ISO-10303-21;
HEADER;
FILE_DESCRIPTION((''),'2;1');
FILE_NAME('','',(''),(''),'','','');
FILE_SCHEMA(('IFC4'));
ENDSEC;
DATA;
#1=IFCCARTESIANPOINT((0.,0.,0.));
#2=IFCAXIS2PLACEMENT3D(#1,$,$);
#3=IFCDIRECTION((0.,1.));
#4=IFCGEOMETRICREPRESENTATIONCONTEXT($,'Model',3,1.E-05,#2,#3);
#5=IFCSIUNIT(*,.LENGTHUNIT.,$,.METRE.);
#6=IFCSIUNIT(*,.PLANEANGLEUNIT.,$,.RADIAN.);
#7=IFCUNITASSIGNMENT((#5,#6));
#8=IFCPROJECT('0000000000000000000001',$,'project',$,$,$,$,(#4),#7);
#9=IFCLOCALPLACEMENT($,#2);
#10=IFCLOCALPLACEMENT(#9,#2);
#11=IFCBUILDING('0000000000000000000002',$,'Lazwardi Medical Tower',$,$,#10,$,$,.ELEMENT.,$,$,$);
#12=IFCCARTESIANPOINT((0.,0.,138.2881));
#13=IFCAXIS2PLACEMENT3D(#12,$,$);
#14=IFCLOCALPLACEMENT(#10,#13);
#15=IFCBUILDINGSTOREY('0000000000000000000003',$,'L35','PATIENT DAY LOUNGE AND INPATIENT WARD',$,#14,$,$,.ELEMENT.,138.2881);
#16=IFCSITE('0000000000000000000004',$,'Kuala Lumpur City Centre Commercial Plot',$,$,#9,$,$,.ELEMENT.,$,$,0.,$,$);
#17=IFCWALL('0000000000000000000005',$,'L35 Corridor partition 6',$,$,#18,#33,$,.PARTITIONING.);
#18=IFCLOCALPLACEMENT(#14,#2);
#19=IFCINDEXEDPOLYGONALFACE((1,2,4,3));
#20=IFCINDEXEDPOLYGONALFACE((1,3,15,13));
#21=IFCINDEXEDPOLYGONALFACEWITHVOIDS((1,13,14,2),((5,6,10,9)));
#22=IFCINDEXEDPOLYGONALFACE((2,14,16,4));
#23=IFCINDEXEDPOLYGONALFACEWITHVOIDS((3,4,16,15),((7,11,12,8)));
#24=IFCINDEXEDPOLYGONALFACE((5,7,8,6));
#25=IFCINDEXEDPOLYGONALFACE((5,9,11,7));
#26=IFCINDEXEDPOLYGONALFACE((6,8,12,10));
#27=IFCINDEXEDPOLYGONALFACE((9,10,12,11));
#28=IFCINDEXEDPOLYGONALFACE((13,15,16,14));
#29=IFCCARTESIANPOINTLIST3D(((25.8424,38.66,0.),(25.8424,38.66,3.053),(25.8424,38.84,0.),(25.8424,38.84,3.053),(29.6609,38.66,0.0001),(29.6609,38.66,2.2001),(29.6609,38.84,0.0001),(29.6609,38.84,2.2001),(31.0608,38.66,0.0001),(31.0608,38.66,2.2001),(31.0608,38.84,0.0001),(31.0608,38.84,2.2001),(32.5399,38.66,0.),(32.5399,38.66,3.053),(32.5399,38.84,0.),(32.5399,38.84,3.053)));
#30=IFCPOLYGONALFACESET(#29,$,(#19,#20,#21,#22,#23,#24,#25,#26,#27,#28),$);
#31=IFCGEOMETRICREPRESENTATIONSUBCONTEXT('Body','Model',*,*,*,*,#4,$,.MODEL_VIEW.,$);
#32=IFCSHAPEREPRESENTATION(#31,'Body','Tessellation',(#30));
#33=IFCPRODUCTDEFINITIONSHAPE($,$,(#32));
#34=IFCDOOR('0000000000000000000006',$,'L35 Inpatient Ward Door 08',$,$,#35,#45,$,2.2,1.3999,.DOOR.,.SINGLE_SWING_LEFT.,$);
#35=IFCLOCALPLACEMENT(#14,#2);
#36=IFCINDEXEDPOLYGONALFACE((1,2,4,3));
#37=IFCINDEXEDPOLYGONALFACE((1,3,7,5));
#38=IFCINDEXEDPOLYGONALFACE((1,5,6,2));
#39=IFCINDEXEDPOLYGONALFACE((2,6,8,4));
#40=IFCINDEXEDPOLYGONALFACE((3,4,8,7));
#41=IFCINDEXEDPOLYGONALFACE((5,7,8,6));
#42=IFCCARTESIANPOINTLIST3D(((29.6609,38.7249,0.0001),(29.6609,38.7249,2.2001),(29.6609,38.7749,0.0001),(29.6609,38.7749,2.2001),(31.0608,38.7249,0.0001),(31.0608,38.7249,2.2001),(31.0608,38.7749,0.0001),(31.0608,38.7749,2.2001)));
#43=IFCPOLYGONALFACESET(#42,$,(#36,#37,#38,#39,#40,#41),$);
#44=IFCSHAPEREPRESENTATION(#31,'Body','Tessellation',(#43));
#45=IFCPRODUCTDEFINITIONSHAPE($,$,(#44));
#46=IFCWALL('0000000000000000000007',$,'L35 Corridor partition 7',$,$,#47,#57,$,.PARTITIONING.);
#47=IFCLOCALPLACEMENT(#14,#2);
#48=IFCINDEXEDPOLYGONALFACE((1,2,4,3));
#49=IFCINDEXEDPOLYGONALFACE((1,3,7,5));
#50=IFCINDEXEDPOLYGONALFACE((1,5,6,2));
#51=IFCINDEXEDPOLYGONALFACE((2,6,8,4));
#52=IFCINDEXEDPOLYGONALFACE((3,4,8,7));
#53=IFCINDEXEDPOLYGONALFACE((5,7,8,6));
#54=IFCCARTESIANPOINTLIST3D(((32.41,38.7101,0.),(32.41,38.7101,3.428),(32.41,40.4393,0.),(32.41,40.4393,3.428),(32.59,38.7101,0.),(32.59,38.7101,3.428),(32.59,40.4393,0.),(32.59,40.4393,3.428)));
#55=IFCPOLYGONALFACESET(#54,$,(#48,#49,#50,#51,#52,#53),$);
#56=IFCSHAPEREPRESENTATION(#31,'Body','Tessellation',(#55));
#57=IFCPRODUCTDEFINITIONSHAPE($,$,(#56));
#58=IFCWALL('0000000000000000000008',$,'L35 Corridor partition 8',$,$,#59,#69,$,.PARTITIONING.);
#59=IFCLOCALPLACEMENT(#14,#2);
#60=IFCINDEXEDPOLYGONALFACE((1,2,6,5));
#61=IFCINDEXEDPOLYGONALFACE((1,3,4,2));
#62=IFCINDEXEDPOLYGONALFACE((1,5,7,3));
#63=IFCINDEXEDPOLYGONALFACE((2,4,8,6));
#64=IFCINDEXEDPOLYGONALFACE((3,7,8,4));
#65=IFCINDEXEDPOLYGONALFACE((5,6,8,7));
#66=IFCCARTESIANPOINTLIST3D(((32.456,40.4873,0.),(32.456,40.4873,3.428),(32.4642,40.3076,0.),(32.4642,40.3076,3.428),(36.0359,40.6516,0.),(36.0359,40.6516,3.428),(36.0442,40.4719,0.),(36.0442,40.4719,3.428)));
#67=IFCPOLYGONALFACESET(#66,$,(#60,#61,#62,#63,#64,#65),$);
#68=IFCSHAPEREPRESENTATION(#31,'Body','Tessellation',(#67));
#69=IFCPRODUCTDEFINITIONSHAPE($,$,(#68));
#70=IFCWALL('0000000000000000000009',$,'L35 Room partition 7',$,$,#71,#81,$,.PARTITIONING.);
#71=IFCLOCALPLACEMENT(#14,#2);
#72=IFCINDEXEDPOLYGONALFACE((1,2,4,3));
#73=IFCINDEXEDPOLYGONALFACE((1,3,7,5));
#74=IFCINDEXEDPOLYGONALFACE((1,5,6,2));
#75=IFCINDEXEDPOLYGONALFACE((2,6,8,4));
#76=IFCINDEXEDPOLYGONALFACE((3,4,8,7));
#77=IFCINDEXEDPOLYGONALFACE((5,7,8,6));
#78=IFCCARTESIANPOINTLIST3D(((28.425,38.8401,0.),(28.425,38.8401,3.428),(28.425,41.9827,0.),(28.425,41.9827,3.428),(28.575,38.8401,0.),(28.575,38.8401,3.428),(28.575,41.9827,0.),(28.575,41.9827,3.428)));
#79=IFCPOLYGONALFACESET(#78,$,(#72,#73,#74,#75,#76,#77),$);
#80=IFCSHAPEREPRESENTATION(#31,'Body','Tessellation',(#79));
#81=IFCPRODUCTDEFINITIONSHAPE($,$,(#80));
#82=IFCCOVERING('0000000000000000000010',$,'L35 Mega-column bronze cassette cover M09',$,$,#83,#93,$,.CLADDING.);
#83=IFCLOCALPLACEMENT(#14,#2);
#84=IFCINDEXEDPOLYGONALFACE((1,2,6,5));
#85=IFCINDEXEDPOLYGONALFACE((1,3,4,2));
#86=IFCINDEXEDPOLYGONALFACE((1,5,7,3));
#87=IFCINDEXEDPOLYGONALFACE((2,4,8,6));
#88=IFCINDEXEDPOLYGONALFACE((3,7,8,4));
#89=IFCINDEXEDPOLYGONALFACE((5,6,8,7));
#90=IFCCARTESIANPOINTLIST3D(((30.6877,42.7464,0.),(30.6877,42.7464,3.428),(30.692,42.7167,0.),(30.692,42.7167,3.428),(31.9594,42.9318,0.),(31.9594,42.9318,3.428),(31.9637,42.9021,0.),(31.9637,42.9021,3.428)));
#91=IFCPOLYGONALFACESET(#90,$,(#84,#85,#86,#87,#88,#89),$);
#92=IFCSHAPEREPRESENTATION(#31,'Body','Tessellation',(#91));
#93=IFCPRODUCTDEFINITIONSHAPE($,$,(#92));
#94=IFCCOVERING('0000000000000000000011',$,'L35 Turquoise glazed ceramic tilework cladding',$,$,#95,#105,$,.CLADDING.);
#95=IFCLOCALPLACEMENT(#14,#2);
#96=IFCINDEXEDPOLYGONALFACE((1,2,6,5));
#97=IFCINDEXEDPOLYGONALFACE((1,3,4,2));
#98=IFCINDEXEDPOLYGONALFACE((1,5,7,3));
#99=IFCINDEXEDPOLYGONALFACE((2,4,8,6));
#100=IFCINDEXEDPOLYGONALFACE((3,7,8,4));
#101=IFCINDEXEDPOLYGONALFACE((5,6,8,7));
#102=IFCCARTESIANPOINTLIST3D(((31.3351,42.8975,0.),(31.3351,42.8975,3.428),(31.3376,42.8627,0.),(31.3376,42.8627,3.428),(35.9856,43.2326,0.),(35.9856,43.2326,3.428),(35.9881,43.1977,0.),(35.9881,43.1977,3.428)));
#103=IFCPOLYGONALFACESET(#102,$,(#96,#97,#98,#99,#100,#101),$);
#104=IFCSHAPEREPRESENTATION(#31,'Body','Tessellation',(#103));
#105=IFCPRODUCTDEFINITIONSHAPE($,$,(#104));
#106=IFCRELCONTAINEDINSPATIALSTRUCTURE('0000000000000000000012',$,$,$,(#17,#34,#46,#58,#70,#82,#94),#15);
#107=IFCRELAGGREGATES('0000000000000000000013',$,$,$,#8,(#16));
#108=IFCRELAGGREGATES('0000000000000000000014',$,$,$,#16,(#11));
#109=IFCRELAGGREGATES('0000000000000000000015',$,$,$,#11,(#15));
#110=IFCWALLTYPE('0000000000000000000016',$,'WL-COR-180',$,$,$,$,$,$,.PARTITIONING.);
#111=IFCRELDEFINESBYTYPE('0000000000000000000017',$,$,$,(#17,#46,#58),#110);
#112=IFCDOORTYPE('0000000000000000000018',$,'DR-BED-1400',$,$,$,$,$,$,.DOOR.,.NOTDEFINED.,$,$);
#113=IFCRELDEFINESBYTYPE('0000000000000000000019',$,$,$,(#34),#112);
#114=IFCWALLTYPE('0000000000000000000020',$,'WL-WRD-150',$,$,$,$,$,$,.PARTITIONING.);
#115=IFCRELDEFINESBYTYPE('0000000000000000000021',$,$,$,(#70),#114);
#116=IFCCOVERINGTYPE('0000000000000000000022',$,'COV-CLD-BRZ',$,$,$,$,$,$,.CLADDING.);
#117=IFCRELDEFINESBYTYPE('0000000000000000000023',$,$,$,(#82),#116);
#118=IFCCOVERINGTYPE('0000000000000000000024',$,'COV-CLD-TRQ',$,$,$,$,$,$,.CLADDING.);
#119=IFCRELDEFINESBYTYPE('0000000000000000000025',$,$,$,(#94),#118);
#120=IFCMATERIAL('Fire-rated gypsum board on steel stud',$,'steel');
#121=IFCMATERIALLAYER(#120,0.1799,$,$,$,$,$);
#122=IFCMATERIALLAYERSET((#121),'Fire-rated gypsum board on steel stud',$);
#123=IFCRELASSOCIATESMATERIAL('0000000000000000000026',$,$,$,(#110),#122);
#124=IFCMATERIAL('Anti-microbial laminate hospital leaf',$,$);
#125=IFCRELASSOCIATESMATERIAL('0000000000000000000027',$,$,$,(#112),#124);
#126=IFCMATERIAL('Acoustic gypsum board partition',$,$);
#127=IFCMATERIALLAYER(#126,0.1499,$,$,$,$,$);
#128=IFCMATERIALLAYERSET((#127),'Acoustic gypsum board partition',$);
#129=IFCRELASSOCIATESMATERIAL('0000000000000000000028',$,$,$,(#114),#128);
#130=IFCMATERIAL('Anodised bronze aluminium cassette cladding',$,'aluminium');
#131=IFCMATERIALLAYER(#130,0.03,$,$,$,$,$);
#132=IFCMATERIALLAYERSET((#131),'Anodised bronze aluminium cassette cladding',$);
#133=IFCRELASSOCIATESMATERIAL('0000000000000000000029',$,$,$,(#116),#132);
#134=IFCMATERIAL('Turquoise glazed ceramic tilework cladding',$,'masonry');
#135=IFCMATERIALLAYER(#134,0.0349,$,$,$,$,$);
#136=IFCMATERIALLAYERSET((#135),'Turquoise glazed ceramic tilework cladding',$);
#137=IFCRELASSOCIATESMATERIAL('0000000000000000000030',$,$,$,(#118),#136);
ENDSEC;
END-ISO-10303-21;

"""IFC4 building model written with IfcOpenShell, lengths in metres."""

from ifc_helpers import new_model, si_unit, direction, frame, frame_2d, origin, origin_2d, place, context, subcontext, project, spatial, rectangle, extrude, material, layer, layer_set, type_object, element, fill, save


model = new_model("IFC4")

# Units and contexts
model_context = context("Model", 3, precision=1e-05, world=origin(), true_north=direction((0.0, 1.0)))
body_context = subcontext(model_context, "Body", "Model", "MODEL_VIEW")
ifc_project = project(units=[si_unit("LENGTHUNIT", "METRE"), si_unit("PLANEANGLEUNIT", "RADIAN")], contexts=[model_context])

# Site, building, storey
site_placement = place(None, origin())
site = spatial("IfcSite", under=ifc_project, at=site_placement, Name="Kuala Lumpur City Centre Commercial Plot", CompositionType="ELEMENT", RefElevation=0.0)
building_placement = place(site_placement, origin())
building = spatial("IfcBuilding", under=site, at=building_placement, Name="Lazwardi Medical Tower", CompositionType="ELEMENT")
storey_placement = place(building_placement, frame((0.0, 0.0, 138.2881)))
storey = spatial("IfcBuildingStorey", under=building, at=storey_placement, Name="L35", Description="PATIENT DAY LOUNGE AND INPATIENT WARD", CompositionType="ELEMENT", Elevation=138.2881)

# Shared definitions
ifc_material_1 = material(Name="Fire-rated gypsum board on steel stud", Category="steel")
ifc_layer_1 = layer(ifc_material_1, 0.1799)
ifc_layer_set_1 = layer_set([ifc_layer_1], Name="Fire-rated gypsum board on steel stud")
wall_type_1 = type_object("IfcWallType", Name="WL-COR-180", PredefinedType="PARTITIONING", material=ifc_layer_set_1)

# Wall, opening, door
wall_1_placement = place(storey_placement, frame((25.8425, 38.75, 0.0), z_axis=(0.0, 0.0, 1.0), x_axis=(1.0, 0.0, 0.0)))
wall_1 = element("IfcWall", 1, at=wall_1_placement, inside=storey, type_object=wall_type_1, Name="L35 Corridor partition 6", PredefinedType="PARTITIONING", context=body_context, shape_type="SweptSolid", body=[
    extrude(rectangle(XDim=6.6975, YDim=0.1799, at=frame_2d((3.3486, 0.0))), origin(), (0.0, 0.0, 1.0), 3.053),
])
opening_placement = place(wall_1_placement, frame((3.8184, 0.0, 0.0)))
opening = element("IfcOpeningElement", 2, at=opening_placement, cuts=wall_1, PredefinedType="OPENING", context=body_context, shape_type="SweptSolid", body=[
    extrude(rectangle(XDim=1.3999, YDim=2.2, at=frame_2d((0.7, 1.1001))), frame((0.0, 0.0999, 0.0), z_axis=(0.0, -1.0, 0.0), x_axis=(1.0, 0.0, 0.0)), (0.0, 0.0, 1.0), 0.2),
])
ifc_material_2 = material(Name="Anti-microbial laminate hospital leaf")
door_type = type_object("IfcDoorType", Name="DR-BED-1400", OperationType="NOTDEFINED", PredefinedType="DOOR", material=ifc_material_2)
door_placement = place(opening_placement, origin())
door = element("IfcDoor", 3, at=door_placement, inside=storey, type_object=door_type, Name="L35 Inpatient Ward Door 08", OperationType="SINGLE_SWING_LEFT", OverallHeight=2.2, OverallWidth=1.3999, PredefinedType="DOOR", context=body_context, shape_type="SweptSolid", body=[
    extrude(rectangle(XDim=1.3999, YDim=2.2, at=frame_2d((0.7, 1.1001))), frame((0.0, 0.0249, 0.0), z_axis=(0.0, -1.0, 0.0), x_axis=(1.0, 0.0, 0.0)), (0.0, 0.0, 1.0), 0.05),
])
fill(opening, door)

# Walls
wall_2_placement = place(storey_placement, frame((32.5, 38.71, 0.0), z_axis=(0.0, 0.0, 1.0), x_axis=(0.0, 1.0, 0.0)))
element("IfcWall", 4, at=wall_2_placement, inside=storey, type_object=wall_type_1, Name="L35 Corridor partition 7", PredefinedType="PARTITIONING", context=body_context, shape_type="SweptSolid", body=[
    extrude(rectangle(XDim=1.7292, YDim=0.1799, at=frame_2d((0.8647, 0.0))), origin(), (0.0, 0.0, 1.0), 3.428),
])
wall_3_placement = place(storey_placement, frame((32.46, 40.3975, 0.0), z_axis=(0.0, 0.0, 1.0), x_axis=(0.998948, 0.045846, 0.0)))
element("IfcWall", 5, at=wall_3_placement, inside=storey, type_object=wall_type_1, Name="L35 Corridor partition 8", PredefinedType="PARTITIONING", context=body_context, shape_type="SweptSolid", body=[
    extrude(rectangle(XDim=3.5837, YDim=0.1799, at=frame_2d((1.792, 0.0))), origin(), (0.0, 0.0, 1.0), 3.428),
])
ifc_material_3 = material(Name="Acoustic gypsum board partition")
ifc_layer_2 = layer(ifc_material_3, 0.1499)
ifc_layer_set_2 = layer_set([ifc_layer_2], Name="Acoustic gypsum board partition")
wall_type_2 = type_object("IfcWallType", Name="WL-WRD-150", PredefinedType="PARTITIONING", material=ifc_layer_set_2)
wall_4_placement = place(storey_placement, frame((28.5, 38.8401, 0.0), z_axis=(0.0, 0.0, 1.0), x_axis=(0.0, 1.0, 0.0)))
element("IfcWall", 6, at=wall_4_placement, inside=storey, type_object=wall_type_2, Name="L35 Room partition 7", PredefinedType="PARTITIONING", context=body_context, shape_type="SweptSolid", body=[
    extrude(rectangle(XDim=3.1426, YDim=0.1499, at=frame_2d((1.5713, 0.0))), origin(), (0.0, 0.0, 1.0), 3.428),
])

# Coverings
ifc_material_4 = material(Name="Anodised bronze aluminium cassette cladding", Category="aluminium")
ifc_layer_3 = layer(ifc_material_4, 0.03)
ifc_layer_set_3 = layer_set([ifc_layer_3], Name="Anodised bronze aluminium cassette cladding")
covering_type_1 = type_object("IfcCoveringType", Name="COV-CLD-BRZ", PredefinedType="CLADDING", material=ifc_layer_set_3)
covering_1_placement = place(storey_placement, frame((31.3257, 42.8242, 0.0), z_axis=(0.0, 0.0, 1.0), x_axis=(-0.989539, -0.144265, 0.0)))
element("IfcCovering", 7, at=covering_1_placement, inside=storey, type_object=covering_type_1, Name="L35 Mega-column bronze cassette cover M09", PredefinedType="CLADDING", context=body_context, shape_type="SweptSolid", body=[
    extrude(rectangle(XDim=1.2852, YDim=0.03, at=origin_2d()), origin(), (0.0, 0.0, 1.0), 3.428),
])
ifc_material_5 = material(Name="Turquoise glazed ceramic tilework cladding", Category="masonry")
ifc_layer_4 = layer(ifc_material_5, 0.0349)
ifc_layer_set_4 = layer_set([ifc_layer_4], Name="Turquoise glazed ceramic tilework cladding")
covering_type_2 = type_object("IfcCoveringType", Name="COV-CLD-TRQ", PredefinedType="CLADDING", material=ifc_layer_set_4)
covering_2_placement = place(storey_placement, frame((33.6616, 43.0476, 0.0), z_axis=(0.0, 0.0, 1.0), x_axis=(-0.997414, -0.071868, 0.0)))
element("IfcCovering", 8, at=covering_2_placement, inside=storey, type_object=covering_type_2, Name="L35 Turquoise glazed ceramic tilework cladding", PredefinedType="CLADDING", context=body_context, shape_type="SweptSolid", body=[
    extrude(rectangle(XDim=4.6626, YDim=0.0349, at=origin_2d()), origin(), (0.0, 0.0, 1.0), 3.428),
])

save(model, "model.ifc")
